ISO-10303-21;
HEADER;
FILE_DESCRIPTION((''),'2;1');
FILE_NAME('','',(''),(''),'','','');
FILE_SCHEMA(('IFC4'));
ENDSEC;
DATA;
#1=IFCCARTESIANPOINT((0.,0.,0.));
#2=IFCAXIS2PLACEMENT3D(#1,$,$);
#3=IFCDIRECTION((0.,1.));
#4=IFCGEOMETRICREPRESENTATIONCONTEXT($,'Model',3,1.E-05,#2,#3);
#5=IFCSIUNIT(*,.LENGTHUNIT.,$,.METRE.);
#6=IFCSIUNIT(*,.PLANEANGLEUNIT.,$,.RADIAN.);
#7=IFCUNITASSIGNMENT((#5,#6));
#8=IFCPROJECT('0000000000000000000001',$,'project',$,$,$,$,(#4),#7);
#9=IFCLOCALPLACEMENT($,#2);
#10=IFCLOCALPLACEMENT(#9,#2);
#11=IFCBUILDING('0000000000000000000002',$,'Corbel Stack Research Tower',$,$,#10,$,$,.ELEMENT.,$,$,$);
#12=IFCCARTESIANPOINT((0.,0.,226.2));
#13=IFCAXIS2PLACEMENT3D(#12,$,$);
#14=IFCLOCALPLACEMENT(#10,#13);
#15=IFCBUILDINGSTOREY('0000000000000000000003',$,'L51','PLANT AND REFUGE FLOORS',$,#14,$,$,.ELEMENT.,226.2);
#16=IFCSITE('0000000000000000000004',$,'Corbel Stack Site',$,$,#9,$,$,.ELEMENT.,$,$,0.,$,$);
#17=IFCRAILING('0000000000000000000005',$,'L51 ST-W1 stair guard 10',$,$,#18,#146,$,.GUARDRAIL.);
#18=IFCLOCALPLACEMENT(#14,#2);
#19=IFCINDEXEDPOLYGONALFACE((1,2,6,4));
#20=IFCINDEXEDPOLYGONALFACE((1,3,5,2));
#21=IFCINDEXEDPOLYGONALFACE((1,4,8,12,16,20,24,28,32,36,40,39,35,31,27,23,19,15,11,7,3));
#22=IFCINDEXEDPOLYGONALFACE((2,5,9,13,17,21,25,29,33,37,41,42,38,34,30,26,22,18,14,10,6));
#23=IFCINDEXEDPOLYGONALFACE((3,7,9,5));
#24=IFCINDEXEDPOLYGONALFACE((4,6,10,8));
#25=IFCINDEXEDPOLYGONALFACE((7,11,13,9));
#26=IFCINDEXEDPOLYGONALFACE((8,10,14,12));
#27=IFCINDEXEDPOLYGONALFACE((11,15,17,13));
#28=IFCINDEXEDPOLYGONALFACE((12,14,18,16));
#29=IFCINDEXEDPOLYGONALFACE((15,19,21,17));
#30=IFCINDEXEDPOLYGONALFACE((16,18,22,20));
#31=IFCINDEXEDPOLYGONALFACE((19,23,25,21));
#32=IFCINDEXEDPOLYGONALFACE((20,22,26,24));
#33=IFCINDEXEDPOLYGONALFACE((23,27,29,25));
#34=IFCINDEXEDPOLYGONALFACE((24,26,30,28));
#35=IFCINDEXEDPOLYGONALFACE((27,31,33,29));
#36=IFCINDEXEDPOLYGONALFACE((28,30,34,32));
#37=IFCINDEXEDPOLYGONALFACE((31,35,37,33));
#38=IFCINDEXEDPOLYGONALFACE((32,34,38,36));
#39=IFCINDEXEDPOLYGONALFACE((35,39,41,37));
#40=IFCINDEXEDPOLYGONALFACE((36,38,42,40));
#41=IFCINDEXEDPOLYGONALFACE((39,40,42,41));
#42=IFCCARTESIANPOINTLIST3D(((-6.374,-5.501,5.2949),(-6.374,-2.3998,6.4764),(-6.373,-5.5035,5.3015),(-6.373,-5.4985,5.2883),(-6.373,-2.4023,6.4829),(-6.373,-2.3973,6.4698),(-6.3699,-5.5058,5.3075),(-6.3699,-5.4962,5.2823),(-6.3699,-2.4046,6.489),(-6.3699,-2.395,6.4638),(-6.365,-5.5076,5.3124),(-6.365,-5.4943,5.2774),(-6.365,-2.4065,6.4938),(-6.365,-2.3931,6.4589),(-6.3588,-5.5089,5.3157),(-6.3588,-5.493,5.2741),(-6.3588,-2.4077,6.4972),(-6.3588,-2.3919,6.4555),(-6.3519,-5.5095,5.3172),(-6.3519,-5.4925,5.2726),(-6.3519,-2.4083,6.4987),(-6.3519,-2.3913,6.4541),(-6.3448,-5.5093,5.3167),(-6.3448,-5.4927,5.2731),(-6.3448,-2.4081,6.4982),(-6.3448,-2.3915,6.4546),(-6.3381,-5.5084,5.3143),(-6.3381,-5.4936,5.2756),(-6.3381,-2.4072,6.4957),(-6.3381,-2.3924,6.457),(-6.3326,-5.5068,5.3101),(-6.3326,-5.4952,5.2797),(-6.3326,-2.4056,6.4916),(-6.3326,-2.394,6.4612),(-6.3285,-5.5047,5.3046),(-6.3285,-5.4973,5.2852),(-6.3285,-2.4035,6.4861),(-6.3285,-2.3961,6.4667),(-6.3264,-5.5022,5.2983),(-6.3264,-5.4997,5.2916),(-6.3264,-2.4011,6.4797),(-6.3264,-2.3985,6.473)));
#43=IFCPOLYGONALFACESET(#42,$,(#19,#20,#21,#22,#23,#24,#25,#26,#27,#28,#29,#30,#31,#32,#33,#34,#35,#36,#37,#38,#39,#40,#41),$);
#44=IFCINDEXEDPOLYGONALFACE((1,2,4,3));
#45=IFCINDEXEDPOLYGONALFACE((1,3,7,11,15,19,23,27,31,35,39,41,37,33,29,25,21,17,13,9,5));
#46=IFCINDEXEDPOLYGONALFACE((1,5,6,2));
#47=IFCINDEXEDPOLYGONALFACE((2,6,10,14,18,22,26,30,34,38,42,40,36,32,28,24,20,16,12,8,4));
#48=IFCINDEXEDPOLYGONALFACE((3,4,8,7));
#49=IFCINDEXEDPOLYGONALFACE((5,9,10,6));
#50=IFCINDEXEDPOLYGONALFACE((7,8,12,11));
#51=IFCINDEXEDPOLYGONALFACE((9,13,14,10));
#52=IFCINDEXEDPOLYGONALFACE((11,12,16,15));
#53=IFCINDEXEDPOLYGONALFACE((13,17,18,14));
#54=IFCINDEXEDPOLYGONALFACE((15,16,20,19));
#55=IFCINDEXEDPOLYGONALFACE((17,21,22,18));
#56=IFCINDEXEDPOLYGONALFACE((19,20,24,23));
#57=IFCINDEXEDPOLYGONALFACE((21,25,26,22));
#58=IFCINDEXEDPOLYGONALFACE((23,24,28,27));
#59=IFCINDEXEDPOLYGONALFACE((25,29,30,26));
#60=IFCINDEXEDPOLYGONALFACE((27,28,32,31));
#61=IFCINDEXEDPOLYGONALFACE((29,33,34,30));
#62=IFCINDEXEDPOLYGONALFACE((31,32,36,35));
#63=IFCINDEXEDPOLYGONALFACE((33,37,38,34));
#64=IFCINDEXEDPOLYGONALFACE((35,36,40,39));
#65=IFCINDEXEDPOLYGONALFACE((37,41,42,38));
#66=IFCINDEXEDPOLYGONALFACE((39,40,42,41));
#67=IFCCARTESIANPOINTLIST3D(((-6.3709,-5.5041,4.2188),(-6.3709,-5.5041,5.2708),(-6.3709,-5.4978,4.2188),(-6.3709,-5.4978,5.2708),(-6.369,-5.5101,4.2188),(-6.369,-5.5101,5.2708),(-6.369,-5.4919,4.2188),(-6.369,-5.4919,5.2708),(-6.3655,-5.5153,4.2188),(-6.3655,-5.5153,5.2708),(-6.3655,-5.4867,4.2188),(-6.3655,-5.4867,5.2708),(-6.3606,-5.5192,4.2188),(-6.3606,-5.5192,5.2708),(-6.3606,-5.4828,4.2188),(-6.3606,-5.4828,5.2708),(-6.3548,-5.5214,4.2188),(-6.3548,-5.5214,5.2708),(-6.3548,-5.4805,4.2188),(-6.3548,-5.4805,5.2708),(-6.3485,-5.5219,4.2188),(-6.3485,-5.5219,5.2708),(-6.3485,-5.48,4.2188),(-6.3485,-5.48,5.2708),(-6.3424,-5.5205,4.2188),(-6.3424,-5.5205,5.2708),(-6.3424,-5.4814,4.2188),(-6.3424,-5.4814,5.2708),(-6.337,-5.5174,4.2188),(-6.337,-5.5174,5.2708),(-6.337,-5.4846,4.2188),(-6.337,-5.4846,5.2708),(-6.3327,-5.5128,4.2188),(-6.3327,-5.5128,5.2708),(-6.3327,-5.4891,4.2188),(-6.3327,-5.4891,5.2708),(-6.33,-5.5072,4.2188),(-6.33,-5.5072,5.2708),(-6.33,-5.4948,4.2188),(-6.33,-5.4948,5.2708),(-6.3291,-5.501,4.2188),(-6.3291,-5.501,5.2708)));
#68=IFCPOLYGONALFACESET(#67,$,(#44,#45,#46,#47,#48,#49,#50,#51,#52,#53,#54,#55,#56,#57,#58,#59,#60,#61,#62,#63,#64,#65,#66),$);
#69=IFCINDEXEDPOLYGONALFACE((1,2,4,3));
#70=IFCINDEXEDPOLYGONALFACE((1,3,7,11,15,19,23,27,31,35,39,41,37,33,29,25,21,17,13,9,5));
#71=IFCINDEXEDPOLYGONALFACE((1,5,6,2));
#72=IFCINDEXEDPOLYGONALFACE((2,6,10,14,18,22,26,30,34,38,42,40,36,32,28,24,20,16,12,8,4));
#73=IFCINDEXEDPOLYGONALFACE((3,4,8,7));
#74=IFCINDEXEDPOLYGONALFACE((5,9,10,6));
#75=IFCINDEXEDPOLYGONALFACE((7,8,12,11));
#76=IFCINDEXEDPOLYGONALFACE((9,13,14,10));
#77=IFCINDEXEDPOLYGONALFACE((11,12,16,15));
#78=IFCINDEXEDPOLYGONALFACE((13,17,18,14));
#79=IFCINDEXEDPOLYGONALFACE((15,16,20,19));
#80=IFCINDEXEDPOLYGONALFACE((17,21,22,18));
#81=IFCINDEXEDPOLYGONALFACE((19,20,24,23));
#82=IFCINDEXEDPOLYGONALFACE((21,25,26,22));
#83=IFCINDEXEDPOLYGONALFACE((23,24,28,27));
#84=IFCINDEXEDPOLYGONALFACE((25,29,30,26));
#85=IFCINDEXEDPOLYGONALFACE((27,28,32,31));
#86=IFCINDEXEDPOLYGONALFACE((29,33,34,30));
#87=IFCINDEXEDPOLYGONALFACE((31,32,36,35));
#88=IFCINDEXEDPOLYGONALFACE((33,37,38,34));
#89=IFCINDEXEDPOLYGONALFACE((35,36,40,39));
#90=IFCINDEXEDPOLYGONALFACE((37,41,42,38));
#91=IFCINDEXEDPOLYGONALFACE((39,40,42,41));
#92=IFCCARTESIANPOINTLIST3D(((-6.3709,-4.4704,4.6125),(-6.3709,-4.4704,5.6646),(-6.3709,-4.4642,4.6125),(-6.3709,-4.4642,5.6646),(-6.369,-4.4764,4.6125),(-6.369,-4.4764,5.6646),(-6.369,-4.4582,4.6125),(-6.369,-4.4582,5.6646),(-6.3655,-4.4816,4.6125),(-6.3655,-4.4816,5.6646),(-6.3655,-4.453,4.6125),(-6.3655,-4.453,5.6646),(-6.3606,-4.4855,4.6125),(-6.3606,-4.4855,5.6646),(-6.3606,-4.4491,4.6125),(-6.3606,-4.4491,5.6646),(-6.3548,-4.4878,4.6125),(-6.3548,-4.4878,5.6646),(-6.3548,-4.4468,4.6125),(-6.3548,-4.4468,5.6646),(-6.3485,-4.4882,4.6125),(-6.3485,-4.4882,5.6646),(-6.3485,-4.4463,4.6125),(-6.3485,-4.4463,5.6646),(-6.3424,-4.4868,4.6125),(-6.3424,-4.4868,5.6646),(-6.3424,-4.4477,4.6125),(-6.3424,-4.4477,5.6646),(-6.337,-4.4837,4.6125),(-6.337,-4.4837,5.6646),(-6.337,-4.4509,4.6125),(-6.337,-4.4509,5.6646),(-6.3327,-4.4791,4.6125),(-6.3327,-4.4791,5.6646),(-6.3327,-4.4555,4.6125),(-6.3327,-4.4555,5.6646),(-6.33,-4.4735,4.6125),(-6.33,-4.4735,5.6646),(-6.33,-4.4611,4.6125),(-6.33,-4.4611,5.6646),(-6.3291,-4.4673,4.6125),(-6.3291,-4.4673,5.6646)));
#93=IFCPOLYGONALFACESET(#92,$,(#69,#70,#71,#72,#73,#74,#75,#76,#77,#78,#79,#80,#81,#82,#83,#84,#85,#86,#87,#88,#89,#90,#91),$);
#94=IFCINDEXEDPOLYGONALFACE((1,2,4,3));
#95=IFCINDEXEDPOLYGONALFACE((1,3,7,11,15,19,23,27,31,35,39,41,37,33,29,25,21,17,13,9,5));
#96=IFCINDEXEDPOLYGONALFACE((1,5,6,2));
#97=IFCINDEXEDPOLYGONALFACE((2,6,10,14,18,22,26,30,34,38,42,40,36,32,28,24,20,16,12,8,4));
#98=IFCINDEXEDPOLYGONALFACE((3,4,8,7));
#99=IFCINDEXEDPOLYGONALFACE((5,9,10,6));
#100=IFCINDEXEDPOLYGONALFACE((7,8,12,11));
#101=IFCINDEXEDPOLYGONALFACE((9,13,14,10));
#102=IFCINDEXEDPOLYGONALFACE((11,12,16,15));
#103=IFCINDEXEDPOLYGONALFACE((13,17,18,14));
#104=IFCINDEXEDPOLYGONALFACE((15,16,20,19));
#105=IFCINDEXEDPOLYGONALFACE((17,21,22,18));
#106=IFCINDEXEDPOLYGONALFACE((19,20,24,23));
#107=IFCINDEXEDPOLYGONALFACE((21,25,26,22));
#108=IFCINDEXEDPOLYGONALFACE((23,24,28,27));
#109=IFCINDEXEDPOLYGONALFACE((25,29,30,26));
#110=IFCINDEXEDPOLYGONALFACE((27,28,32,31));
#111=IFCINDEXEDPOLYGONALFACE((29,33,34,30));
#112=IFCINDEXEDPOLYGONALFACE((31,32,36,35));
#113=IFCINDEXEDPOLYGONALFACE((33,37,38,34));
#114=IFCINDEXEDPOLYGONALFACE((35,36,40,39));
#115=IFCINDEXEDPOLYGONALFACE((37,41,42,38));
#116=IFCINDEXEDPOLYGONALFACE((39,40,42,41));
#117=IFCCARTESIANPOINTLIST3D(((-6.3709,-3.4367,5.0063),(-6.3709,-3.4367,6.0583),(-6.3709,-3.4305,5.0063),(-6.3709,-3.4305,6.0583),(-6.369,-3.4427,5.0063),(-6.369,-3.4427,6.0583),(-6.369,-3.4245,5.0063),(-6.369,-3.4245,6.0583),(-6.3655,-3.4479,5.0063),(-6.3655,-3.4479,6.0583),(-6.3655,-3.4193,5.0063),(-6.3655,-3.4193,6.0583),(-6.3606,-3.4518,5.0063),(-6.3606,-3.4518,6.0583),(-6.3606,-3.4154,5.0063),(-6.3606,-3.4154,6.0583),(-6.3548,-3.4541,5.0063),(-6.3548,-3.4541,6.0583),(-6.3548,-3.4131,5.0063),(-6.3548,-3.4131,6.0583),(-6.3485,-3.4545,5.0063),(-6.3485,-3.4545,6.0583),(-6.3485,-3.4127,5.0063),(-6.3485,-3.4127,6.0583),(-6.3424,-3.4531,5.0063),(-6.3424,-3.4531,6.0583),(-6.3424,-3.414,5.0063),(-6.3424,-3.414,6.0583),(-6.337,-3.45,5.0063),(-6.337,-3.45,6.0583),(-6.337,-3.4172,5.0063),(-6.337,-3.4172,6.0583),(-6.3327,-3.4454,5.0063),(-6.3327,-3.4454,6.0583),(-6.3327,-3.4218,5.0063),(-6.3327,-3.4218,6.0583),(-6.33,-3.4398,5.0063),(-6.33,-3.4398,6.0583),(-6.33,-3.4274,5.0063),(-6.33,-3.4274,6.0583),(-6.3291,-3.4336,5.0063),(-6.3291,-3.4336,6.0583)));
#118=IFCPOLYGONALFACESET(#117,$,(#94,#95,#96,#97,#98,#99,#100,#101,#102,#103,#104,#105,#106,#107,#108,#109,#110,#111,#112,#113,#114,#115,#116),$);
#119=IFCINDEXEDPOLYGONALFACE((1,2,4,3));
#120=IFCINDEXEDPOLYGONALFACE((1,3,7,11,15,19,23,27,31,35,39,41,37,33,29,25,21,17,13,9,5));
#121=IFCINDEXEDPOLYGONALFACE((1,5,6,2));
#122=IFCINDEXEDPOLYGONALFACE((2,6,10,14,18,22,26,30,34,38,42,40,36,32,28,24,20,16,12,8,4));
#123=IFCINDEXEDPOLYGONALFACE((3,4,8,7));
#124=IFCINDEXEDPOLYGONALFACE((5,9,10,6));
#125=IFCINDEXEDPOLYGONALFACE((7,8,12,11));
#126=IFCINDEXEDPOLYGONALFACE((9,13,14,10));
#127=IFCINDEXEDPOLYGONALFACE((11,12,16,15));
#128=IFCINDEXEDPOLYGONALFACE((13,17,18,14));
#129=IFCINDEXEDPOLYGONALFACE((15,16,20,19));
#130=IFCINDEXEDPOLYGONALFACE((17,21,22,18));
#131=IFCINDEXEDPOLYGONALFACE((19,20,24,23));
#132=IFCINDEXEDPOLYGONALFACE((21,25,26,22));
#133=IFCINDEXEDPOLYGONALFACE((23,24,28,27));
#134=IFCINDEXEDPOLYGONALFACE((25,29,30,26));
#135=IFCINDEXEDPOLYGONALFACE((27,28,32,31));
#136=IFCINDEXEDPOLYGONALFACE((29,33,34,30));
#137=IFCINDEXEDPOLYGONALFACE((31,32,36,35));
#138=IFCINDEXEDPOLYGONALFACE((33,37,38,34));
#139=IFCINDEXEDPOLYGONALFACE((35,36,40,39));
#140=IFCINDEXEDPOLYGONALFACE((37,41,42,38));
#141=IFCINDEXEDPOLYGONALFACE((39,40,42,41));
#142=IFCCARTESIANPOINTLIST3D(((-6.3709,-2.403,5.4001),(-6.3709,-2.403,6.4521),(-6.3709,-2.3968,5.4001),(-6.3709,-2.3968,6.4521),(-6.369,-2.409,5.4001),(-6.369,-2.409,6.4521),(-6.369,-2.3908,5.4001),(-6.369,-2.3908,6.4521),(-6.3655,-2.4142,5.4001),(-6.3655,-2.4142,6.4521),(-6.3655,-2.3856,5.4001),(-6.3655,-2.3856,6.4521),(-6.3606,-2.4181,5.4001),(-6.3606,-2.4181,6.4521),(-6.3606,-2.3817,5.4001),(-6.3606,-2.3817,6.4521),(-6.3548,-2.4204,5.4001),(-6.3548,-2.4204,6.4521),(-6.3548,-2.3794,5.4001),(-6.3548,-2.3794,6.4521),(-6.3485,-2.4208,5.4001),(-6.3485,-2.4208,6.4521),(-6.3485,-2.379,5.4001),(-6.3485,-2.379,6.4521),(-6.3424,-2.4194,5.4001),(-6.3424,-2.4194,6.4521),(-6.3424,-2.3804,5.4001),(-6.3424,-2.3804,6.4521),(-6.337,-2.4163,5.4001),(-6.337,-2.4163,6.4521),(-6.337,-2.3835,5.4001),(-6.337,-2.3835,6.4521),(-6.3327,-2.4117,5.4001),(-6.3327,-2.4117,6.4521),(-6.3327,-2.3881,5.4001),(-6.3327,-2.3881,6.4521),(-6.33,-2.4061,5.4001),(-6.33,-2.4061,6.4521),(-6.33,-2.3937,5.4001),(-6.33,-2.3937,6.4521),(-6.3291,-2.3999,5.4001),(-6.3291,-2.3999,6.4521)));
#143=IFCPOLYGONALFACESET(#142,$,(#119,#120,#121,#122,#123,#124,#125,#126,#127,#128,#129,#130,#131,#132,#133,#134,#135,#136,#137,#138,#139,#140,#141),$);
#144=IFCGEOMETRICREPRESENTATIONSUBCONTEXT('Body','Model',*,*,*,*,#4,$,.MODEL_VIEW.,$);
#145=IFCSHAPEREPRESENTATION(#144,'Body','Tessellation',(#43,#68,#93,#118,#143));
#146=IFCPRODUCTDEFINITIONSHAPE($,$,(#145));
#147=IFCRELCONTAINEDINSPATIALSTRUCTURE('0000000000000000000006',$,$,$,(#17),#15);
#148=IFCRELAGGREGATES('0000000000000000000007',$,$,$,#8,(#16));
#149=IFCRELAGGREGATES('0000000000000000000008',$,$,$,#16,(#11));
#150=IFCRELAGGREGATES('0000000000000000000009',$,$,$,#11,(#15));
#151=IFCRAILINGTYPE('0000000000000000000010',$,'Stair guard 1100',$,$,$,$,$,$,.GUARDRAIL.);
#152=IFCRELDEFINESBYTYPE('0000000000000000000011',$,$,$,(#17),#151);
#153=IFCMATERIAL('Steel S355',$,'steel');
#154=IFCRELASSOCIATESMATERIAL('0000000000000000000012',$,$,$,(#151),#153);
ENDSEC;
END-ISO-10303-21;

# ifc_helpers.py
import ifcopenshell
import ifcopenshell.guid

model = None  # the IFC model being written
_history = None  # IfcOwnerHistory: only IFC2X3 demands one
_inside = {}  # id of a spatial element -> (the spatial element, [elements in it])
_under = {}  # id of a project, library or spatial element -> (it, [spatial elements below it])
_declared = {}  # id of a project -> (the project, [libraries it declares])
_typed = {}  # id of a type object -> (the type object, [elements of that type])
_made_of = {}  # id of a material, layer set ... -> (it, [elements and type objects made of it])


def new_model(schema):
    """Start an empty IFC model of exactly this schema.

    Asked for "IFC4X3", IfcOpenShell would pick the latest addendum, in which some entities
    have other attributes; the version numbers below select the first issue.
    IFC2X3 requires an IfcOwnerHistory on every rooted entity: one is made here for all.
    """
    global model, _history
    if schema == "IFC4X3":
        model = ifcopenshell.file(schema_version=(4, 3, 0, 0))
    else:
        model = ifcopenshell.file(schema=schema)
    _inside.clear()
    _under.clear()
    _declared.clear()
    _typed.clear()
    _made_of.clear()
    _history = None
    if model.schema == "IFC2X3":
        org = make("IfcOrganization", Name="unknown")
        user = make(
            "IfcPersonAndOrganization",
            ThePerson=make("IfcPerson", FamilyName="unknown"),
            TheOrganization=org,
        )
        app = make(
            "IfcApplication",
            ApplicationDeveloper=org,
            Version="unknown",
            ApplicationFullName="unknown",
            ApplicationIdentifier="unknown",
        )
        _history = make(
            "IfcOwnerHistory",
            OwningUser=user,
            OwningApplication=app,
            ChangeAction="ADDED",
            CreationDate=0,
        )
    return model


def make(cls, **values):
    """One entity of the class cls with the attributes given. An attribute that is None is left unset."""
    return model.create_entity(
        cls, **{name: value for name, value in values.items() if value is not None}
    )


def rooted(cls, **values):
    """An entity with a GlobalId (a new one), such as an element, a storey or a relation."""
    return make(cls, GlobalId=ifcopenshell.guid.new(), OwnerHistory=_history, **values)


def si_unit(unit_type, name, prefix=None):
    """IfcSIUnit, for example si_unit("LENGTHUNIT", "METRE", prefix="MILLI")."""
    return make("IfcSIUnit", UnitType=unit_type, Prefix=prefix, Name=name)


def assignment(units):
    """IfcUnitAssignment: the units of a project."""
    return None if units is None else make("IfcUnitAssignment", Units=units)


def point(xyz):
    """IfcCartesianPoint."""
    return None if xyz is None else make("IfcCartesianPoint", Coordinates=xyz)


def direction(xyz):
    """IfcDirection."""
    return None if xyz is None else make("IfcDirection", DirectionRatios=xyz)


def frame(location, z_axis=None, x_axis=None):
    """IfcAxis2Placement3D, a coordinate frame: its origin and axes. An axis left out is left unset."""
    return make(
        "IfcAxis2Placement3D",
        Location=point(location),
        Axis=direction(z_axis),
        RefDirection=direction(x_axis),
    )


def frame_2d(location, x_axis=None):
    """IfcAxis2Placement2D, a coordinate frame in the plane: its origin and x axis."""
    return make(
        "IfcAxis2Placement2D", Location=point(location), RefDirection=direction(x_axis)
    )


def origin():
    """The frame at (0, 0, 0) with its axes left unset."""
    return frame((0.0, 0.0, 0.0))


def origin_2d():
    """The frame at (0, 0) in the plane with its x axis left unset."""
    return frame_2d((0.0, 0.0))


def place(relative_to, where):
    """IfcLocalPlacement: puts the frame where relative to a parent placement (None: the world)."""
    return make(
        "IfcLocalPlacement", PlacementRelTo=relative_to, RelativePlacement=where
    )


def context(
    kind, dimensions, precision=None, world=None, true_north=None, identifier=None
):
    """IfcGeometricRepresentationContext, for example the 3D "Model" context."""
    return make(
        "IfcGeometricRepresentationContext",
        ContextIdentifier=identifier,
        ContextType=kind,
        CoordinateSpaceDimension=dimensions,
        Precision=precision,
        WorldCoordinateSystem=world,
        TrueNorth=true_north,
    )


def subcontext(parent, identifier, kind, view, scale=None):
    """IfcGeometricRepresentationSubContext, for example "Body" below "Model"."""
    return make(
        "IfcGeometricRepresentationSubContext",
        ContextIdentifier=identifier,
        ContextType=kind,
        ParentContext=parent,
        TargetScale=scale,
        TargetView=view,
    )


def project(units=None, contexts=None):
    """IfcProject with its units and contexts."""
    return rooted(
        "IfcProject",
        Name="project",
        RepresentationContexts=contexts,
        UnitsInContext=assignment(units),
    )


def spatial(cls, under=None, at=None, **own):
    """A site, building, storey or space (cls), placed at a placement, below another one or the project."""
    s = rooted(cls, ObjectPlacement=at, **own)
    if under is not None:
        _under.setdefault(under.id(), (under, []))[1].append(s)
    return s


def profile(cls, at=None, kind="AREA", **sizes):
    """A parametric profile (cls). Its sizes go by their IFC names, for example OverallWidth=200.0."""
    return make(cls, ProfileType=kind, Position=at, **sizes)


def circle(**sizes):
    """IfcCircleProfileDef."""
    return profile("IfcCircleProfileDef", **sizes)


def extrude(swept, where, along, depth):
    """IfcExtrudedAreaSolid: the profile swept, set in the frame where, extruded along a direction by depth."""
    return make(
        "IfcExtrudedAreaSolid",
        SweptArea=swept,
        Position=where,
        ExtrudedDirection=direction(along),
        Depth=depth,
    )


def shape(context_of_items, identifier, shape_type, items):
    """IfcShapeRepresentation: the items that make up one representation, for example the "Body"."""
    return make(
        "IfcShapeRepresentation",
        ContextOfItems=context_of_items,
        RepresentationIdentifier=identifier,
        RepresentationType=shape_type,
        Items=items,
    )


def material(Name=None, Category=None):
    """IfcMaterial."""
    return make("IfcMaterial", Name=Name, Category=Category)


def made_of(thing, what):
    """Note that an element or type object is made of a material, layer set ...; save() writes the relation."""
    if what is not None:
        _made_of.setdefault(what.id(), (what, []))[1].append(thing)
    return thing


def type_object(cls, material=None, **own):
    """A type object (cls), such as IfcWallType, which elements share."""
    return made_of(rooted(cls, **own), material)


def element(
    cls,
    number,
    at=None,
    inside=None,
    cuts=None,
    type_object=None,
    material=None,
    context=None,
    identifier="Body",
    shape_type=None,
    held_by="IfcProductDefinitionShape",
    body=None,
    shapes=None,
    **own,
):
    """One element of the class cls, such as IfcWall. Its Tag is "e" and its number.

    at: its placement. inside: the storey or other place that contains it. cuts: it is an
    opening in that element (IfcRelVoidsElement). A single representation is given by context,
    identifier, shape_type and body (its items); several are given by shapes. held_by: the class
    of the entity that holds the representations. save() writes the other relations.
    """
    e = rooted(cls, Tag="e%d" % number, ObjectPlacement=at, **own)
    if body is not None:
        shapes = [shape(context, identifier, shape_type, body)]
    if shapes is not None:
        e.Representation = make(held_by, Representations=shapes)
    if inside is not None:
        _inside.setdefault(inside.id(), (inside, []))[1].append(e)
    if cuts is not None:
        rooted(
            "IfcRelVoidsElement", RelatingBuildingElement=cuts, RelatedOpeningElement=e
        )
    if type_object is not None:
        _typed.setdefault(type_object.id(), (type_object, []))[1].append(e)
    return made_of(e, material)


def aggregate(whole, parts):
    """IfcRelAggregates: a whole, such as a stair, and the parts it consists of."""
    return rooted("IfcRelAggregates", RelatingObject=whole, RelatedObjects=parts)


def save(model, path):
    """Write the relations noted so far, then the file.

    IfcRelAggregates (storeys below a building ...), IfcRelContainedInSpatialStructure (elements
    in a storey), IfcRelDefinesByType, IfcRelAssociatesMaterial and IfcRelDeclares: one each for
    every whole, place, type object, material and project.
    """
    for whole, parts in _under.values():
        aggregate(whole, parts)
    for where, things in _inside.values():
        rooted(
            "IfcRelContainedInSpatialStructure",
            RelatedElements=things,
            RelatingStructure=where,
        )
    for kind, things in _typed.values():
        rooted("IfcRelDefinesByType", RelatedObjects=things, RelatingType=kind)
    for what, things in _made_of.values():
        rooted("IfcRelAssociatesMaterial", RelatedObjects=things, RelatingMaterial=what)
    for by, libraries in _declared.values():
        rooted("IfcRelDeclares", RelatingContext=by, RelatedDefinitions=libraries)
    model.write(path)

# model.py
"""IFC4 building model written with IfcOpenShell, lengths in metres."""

from ifc_helpers import new_model, si_unit, direction, frame, origin, origin_2d, place, context, subcontext, project, spatial, circle, extrude, material, type_object, element, save


model = new_model("IFC4")

# Units and contexts
model_context = context("Model", 3, precision=1e-05, world=origin(), true_north=direction((0.0, 1.0)))
body_context = subcontext(model_context, "Body", "Model", "MODEL_VIEW")
ifc_project = project(units=[si_unit("LENGTHUNIT", "METRE"), si_unit("PLANEANGLEUNIT", "RADIAN")], contexts=[model_context])

# Site, building, storey
site_placement = place(None, origin())
site = spatial("IfcSite", under=ifc_project, at=site_placement, Name="Corbel Stack Site", CompositionType="ELEMENT", RefElevation=0.0)
building_placement = place(site_placement, origin())
building = spatial("IfcBuilding", under=site, at=building_placement, Name="Corbel Stack Research Tower", CompositionType="ELEMENT")
storey_placement = place(building_placement, frame((0.0, 0.0, 226.2)))
storey = spatial("IfcBuildingStorey", under=building, at=storey_placement, Name="L51", Description="PLANT AND REFUGE FLOORS", CompositionType="ELEMENT", Elevation=226.2)

# Railing
ifc_material_1 = material(Name="Steel S355", Category="steel")
railing_type_1 = type_object("IfcRailingType", Name="Stair guard 1100", PredefinedType="GUARDRAIL", material=ifc_material_1)
railing_1_placement = place(storey_placement, frame((-6.3501, -5.501, 4.2188)))
element("IfcRailing", 1, at=railing_1_placement, inside=storey, type_object=railing_type_1, Name="L51 ST-W1 stair guard 10", PredefinedType="GUARDRAIL", context=body_context, shape_type="SweptSolid", body=[
    extrude(circle(Radius=0.0239, at=origin_2d()), frame((0.0, 0.0, 1.0762), z_axis=(0.0, 0.934484, 0.356005), x_axis=(-1.0, 0.0, 0.0)), (0.0, 0.0, 1.0), 3.3186),
    extrude(circle(Radius=0.021, at=origin_2d()), origin(), (0.0, 0.0, 1.0), 1.052),
    extrude(circle(Radius=0.021, at=origin_2d()), frame((0.0, 1.0337, 0.3938)), (0.0, 0.0, 1.0), 1.052),
    extrude(circle(Radius=0.021, at=origin_2d()), frame((0.0, 2.0674, 0.7876)), (0.0, 0.0, 1.0), 1.052),
    extrude(circle(Radius=0.021, at=origin_2d()), frame((0.0, 3.1011, 1.1814)), (0.0, 0.0, 1.0), 1.052),
])

save(model, "model.ifc")
